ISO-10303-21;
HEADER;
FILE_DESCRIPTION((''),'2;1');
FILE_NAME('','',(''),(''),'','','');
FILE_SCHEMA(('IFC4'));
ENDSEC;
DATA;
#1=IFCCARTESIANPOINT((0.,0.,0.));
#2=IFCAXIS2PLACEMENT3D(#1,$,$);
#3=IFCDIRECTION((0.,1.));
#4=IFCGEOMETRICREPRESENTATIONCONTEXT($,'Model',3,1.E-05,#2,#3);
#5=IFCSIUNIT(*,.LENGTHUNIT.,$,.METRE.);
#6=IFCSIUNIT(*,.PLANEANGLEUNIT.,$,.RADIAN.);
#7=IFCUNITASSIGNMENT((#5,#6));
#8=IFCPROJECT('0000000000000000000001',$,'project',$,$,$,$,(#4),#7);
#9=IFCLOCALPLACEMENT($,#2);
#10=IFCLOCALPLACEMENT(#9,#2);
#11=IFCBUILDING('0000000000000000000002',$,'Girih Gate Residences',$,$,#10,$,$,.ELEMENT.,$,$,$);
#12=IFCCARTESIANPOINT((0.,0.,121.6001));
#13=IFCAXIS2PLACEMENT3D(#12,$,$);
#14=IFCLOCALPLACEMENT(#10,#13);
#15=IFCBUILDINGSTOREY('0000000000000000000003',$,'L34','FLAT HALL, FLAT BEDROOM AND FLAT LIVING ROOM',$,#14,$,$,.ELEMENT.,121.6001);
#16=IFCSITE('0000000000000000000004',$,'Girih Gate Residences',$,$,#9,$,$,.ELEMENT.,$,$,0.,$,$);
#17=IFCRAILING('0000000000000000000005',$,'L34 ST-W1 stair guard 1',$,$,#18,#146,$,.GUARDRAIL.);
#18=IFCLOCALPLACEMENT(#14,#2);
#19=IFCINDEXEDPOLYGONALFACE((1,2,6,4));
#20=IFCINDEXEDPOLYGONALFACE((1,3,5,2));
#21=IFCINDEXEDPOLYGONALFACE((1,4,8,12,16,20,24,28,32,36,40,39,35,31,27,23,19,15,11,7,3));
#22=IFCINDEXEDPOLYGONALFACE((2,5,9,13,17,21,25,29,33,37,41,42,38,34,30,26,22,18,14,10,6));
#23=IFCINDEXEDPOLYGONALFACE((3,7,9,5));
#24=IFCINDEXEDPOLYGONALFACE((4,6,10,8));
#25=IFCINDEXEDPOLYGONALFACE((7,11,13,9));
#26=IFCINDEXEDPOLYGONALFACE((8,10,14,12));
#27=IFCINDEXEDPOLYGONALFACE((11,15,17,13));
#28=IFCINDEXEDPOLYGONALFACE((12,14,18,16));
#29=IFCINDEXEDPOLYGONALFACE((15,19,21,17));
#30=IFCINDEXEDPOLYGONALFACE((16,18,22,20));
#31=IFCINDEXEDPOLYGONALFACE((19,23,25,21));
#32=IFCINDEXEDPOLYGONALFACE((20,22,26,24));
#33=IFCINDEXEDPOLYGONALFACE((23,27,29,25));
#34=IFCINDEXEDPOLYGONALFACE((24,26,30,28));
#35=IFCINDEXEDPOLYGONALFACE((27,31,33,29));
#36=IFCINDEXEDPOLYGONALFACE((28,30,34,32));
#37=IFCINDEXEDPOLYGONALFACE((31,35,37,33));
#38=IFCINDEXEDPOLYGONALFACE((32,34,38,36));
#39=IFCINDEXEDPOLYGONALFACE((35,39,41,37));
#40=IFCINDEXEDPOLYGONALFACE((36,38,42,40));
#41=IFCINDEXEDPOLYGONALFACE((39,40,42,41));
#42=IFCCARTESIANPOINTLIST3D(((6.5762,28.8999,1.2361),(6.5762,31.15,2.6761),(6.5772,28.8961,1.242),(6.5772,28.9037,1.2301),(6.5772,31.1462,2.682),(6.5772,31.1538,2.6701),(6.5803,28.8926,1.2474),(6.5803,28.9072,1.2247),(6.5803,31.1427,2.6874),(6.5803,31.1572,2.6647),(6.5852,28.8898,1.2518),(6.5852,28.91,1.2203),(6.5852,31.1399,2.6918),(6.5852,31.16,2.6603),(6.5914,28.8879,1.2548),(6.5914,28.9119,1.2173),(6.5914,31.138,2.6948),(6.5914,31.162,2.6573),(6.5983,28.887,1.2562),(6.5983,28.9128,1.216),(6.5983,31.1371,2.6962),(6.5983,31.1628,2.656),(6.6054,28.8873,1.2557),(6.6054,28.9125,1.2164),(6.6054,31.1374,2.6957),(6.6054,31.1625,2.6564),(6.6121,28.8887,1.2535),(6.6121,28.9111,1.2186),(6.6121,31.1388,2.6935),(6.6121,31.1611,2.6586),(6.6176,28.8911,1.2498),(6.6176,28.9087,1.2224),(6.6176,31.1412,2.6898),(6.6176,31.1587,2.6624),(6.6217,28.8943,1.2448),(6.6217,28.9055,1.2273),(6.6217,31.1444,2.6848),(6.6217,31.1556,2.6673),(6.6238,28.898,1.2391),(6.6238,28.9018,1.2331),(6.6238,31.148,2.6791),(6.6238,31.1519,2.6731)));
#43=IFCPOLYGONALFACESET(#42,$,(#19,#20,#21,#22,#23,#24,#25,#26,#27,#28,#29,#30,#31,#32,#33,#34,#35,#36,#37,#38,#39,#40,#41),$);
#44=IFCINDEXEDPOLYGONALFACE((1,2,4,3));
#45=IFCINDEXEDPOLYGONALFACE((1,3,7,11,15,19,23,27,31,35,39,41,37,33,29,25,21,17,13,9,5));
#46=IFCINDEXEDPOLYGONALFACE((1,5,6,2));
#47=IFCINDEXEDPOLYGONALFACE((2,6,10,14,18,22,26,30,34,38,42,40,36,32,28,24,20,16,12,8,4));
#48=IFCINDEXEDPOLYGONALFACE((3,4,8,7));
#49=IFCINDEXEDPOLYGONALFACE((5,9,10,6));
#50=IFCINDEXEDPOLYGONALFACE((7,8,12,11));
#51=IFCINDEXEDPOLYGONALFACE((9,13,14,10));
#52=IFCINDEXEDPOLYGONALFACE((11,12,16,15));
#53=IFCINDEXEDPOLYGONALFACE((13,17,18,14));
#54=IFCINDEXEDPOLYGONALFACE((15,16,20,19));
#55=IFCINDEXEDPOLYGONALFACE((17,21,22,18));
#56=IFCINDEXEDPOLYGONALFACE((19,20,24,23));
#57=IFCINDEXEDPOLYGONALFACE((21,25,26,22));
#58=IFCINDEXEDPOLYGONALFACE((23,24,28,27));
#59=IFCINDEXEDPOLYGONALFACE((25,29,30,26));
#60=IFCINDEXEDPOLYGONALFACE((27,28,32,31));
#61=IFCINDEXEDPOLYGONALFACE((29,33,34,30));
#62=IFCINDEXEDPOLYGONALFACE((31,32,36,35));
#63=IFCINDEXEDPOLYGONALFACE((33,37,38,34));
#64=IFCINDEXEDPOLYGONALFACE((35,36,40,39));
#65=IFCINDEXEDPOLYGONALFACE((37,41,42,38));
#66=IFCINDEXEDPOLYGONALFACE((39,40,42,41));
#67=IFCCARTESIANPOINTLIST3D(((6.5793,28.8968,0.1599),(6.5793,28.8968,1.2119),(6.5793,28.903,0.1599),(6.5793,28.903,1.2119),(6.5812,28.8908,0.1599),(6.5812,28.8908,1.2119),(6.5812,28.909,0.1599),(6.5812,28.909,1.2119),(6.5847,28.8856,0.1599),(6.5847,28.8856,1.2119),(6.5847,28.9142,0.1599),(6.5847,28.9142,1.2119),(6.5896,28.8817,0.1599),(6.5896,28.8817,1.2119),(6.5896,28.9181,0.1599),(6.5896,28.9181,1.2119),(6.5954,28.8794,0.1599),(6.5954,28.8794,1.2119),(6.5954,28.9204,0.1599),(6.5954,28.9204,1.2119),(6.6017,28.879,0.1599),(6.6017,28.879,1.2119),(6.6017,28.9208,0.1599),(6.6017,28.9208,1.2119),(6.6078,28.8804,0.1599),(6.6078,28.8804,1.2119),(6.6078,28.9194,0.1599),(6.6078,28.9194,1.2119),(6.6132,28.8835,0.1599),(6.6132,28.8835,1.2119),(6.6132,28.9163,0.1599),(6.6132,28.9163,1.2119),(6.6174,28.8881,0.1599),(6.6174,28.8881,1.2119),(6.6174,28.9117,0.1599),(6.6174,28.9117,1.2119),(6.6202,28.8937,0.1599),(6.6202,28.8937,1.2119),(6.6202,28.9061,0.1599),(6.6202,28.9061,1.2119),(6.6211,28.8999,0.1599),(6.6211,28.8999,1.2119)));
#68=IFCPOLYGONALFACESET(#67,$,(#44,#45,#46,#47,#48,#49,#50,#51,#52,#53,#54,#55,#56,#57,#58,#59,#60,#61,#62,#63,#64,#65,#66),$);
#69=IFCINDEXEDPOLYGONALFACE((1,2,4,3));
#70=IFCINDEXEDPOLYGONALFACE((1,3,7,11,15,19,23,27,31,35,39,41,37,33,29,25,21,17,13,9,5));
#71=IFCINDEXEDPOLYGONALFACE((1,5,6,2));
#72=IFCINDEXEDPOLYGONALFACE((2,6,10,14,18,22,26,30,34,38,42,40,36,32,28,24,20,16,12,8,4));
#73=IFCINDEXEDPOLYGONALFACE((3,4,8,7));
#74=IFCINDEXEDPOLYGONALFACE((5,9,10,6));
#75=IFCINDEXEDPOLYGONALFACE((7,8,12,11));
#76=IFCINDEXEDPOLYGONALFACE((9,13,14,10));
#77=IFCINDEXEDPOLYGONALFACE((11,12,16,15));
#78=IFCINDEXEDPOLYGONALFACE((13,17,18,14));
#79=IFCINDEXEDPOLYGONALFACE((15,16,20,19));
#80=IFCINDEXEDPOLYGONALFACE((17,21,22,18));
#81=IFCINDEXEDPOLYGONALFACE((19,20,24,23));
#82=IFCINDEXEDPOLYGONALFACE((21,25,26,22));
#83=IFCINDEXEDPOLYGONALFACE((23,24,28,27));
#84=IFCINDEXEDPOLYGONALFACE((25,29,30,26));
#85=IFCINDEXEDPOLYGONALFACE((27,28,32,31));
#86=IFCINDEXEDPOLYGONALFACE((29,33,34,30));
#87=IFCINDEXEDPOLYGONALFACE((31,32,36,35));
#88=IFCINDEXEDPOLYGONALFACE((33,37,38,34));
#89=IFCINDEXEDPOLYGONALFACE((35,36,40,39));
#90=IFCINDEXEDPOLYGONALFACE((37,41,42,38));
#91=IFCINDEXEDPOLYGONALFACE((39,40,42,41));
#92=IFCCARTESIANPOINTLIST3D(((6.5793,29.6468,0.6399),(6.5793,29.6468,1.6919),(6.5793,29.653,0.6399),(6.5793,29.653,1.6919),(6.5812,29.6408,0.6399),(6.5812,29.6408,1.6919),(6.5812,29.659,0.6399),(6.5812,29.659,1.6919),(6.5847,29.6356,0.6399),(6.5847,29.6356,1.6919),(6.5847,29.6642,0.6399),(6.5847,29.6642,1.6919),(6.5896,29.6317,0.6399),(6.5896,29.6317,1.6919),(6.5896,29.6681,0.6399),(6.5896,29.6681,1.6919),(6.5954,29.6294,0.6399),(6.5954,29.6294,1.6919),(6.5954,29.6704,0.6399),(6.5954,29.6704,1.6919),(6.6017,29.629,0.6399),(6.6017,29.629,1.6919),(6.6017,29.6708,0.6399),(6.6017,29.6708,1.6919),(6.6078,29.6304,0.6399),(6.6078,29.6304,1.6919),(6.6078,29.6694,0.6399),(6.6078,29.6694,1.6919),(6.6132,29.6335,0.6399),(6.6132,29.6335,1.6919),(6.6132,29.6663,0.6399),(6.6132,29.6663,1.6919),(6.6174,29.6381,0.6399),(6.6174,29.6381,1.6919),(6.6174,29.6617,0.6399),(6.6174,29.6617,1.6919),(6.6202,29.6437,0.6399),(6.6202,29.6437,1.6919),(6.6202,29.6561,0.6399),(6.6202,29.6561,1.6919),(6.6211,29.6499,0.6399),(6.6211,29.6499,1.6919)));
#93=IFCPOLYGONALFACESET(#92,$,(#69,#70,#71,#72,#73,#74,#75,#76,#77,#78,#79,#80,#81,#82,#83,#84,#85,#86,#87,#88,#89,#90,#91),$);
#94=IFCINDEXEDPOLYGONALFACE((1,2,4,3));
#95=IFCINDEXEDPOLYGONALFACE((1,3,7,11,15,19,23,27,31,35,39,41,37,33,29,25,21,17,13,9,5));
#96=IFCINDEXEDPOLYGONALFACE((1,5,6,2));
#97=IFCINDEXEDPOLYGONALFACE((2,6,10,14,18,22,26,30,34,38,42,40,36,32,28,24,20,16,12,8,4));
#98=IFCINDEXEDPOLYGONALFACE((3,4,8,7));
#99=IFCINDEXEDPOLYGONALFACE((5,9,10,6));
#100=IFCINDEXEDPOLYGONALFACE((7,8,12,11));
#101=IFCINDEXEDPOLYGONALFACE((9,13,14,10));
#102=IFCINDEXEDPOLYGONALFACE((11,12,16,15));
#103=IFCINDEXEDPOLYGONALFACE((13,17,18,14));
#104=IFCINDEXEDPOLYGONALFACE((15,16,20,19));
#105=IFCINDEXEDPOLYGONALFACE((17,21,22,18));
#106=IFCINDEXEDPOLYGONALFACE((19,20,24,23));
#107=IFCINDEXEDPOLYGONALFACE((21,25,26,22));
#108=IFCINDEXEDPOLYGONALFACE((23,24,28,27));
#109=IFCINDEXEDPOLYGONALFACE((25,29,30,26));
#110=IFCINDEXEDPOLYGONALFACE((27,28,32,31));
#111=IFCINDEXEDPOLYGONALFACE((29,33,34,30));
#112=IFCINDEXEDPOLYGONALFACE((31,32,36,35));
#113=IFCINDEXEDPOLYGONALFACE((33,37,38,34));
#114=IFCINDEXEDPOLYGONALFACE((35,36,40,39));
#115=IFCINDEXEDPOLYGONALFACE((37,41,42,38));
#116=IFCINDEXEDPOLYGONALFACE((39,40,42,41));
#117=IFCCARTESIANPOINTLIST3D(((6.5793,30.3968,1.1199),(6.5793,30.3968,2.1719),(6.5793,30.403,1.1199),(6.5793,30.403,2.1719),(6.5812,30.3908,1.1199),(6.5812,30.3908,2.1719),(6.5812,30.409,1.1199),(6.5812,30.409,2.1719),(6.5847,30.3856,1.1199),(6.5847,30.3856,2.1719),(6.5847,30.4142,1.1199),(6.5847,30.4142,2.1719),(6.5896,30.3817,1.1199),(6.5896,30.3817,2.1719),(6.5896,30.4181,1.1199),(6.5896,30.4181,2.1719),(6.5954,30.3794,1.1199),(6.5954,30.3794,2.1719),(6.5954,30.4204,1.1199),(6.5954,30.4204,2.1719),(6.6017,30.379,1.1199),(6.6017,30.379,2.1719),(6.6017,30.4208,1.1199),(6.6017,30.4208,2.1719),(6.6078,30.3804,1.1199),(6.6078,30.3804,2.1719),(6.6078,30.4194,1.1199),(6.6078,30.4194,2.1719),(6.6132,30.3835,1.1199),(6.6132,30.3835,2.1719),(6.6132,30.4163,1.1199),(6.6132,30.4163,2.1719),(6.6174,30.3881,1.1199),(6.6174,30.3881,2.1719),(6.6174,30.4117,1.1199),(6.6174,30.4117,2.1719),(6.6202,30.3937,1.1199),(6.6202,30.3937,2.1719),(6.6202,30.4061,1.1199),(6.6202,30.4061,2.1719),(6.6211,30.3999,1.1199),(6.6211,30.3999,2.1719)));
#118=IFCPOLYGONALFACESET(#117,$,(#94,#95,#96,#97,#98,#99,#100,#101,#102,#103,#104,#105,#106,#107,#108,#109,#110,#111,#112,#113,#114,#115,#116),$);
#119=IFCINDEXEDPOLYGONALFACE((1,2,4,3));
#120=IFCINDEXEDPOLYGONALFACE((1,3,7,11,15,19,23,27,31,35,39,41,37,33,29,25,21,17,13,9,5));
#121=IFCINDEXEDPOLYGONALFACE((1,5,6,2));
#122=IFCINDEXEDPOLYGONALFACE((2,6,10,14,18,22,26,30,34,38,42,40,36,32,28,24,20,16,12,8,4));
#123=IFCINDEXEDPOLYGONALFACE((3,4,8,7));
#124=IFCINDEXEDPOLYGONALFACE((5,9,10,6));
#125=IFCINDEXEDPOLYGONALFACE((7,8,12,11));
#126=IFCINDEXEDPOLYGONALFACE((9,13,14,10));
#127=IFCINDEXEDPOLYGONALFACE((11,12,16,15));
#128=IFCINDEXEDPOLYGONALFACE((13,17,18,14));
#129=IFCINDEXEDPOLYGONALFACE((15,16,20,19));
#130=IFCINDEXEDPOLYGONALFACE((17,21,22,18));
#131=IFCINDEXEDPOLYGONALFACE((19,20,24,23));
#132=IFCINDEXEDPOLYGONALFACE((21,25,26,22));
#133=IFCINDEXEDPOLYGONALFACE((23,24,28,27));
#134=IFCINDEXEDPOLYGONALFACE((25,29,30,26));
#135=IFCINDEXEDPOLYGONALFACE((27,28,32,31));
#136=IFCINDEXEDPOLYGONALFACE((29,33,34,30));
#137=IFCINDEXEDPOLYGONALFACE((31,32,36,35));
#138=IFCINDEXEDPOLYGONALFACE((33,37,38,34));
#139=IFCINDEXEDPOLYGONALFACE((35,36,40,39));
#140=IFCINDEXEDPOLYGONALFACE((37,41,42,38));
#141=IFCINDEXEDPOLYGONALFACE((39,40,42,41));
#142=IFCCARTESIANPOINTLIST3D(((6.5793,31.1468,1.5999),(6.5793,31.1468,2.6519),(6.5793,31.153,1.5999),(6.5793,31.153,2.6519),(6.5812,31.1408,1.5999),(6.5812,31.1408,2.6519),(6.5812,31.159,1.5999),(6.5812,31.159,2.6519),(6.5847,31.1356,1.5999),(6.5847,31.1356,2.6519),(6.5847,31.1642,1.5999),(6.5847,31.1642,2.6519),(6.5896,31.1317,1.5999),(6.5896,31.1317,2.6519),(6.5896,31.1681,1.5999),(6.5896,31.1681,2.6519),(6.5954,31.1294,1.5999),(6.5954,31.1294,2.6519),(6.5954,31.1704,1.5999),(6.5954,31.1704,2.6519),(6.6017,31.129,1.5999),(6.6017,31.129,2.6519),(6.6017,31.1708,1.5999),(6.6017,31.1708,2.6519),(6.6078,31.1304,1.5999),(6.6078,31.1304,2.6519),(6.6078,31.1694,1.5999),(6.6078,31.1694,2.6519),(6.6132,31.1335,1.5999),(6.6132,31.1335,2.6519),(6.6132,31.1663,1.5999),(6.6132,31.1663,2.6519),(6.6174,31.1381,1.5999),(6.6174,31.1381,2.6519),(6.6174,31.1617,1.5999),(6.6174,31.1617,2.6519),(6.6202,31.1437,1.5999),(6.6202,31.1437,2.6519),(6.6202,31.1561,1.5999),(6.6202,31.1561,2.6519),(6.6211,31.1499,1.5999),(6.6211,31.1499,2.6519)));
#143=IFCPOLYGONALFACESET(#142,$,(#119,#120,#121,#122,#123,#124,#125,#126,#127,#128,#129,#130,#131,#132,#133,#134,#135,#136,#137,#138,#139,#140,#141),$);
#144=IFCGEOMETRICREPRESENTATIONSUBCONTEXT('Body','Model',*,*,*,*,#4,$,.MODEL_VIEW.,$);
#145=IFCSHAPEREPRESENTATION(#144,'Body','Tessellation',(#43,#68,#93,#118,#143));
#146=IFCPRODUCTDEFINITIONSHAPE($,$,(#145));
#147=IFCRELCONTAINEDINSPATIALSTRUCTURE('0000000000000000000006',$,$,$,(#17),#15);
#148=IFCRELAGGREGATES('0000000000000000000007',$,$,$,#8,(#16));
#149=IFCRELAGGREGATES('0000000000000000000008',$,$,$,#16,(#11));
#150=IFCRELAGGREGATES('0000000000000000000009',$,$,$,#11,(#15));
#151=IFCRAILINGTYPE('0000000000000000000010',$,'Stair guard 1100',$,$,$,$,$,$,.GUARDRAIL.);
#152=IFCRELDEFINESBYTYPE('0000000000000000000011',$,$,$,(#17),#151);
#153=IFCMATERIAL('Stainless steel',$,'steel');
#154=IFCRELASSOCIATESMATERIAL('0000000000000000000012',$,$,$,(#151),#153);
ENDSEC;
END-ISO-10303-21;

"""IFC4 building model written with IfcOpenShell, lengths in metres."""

from ifc_helpers import new_model, si_unit, direction, frame, origin, origin_2d, place, context, subcontext, project, spatial, circle, extrude, material, type_object, element, save


model = new_model("IFC4")

# Units and contexts
model_context = context("Model", 3, precision=1e-05, world=origin(), true_north=direction((0.0, 1.0)))
body_context = subcontext(model_context, "Body", "Model", "MODEL_VIEW")
ifc_project = project(units=[si_unit("LENGTHUNIT", "METRE"), si_unit("PLANEANGLEUNIT", "RADIAN")], contexts=[model_context])

# Site, building, storey
site_placement = place(None, origin())
site = spatial("IfcSite", under=ifc_project, at=site_placement, Name="Girih Gate Residences", CompositionType="ELEMENT", RefElevation=0.0)
building_placement = place(site_placement, origin())
building = spatial("IfcBuilding", under=site, at=building_placement, Name="Girih Gate Residences", CompositionType="ELEMENT")
storey_placement = place(building_placement, frame((0.0, 0.0, 121.6001)))
storey = spatial("IfcBuildingStorey", under=building, at=storey_placement, Name="L34", Description="FLAT HALL, FLAT BEDROOM AND FLAT LIVING ROOM", CompositionType="ELEMENT", Elevation=121.6001)

# Railing
ifc_material_1 = material(Name="Stainless steel", Category="steel")
railing_type_1 = type_object("IfcRailingType", Name="Stair guard 1100", PredefinedType="GUARDRAIL", material=ifc_material_1)
railing_1_placement = place(storey_placement, frame((6.6001, 28.8999, 0.1599)))
element("IfcRailing", 1, at=railing_1_placement, inside=storey, type_object=railing_type_1, Name="L34 ST-W1 stair guard 1", PredefinedType="GUARDRAIL", context=body_context, shape_type="SweptSolid", body=[
    extrude(circle(Radius=0.0239, at=origin_2d()), frame((0.0, 0.0, 1.0762), z_axis=(0.0, 0.842281, 0.539038), x_axis=(-1.0, 0.0, 0.0)), (0.0, 0.0, 1.0), 2.6714),
    extrude(circle(Radius=0.021, at=origin_2d()), origin(), (0.0, 0.0, 1.0), 1.052),
    extrude(circle(Radius=0.021, at=origin_2d()), frame((0.0, 0.75, 0.48)), (0.0, 0.0, 1.0), 1.052),
    extrude(circle(Radius=0.021, at=origin_2d()), frame((0.0, 1.5, 0.96)), (0.0, 0.0, 1.0), 1.052),
    extrude(circle(Radius=0.021, at=origin_2d()), frame((0.0, 2.25, 1.4399)), (0.0, 0.0, 1.0), 1.052),
])

save(model, "model.ifc")
